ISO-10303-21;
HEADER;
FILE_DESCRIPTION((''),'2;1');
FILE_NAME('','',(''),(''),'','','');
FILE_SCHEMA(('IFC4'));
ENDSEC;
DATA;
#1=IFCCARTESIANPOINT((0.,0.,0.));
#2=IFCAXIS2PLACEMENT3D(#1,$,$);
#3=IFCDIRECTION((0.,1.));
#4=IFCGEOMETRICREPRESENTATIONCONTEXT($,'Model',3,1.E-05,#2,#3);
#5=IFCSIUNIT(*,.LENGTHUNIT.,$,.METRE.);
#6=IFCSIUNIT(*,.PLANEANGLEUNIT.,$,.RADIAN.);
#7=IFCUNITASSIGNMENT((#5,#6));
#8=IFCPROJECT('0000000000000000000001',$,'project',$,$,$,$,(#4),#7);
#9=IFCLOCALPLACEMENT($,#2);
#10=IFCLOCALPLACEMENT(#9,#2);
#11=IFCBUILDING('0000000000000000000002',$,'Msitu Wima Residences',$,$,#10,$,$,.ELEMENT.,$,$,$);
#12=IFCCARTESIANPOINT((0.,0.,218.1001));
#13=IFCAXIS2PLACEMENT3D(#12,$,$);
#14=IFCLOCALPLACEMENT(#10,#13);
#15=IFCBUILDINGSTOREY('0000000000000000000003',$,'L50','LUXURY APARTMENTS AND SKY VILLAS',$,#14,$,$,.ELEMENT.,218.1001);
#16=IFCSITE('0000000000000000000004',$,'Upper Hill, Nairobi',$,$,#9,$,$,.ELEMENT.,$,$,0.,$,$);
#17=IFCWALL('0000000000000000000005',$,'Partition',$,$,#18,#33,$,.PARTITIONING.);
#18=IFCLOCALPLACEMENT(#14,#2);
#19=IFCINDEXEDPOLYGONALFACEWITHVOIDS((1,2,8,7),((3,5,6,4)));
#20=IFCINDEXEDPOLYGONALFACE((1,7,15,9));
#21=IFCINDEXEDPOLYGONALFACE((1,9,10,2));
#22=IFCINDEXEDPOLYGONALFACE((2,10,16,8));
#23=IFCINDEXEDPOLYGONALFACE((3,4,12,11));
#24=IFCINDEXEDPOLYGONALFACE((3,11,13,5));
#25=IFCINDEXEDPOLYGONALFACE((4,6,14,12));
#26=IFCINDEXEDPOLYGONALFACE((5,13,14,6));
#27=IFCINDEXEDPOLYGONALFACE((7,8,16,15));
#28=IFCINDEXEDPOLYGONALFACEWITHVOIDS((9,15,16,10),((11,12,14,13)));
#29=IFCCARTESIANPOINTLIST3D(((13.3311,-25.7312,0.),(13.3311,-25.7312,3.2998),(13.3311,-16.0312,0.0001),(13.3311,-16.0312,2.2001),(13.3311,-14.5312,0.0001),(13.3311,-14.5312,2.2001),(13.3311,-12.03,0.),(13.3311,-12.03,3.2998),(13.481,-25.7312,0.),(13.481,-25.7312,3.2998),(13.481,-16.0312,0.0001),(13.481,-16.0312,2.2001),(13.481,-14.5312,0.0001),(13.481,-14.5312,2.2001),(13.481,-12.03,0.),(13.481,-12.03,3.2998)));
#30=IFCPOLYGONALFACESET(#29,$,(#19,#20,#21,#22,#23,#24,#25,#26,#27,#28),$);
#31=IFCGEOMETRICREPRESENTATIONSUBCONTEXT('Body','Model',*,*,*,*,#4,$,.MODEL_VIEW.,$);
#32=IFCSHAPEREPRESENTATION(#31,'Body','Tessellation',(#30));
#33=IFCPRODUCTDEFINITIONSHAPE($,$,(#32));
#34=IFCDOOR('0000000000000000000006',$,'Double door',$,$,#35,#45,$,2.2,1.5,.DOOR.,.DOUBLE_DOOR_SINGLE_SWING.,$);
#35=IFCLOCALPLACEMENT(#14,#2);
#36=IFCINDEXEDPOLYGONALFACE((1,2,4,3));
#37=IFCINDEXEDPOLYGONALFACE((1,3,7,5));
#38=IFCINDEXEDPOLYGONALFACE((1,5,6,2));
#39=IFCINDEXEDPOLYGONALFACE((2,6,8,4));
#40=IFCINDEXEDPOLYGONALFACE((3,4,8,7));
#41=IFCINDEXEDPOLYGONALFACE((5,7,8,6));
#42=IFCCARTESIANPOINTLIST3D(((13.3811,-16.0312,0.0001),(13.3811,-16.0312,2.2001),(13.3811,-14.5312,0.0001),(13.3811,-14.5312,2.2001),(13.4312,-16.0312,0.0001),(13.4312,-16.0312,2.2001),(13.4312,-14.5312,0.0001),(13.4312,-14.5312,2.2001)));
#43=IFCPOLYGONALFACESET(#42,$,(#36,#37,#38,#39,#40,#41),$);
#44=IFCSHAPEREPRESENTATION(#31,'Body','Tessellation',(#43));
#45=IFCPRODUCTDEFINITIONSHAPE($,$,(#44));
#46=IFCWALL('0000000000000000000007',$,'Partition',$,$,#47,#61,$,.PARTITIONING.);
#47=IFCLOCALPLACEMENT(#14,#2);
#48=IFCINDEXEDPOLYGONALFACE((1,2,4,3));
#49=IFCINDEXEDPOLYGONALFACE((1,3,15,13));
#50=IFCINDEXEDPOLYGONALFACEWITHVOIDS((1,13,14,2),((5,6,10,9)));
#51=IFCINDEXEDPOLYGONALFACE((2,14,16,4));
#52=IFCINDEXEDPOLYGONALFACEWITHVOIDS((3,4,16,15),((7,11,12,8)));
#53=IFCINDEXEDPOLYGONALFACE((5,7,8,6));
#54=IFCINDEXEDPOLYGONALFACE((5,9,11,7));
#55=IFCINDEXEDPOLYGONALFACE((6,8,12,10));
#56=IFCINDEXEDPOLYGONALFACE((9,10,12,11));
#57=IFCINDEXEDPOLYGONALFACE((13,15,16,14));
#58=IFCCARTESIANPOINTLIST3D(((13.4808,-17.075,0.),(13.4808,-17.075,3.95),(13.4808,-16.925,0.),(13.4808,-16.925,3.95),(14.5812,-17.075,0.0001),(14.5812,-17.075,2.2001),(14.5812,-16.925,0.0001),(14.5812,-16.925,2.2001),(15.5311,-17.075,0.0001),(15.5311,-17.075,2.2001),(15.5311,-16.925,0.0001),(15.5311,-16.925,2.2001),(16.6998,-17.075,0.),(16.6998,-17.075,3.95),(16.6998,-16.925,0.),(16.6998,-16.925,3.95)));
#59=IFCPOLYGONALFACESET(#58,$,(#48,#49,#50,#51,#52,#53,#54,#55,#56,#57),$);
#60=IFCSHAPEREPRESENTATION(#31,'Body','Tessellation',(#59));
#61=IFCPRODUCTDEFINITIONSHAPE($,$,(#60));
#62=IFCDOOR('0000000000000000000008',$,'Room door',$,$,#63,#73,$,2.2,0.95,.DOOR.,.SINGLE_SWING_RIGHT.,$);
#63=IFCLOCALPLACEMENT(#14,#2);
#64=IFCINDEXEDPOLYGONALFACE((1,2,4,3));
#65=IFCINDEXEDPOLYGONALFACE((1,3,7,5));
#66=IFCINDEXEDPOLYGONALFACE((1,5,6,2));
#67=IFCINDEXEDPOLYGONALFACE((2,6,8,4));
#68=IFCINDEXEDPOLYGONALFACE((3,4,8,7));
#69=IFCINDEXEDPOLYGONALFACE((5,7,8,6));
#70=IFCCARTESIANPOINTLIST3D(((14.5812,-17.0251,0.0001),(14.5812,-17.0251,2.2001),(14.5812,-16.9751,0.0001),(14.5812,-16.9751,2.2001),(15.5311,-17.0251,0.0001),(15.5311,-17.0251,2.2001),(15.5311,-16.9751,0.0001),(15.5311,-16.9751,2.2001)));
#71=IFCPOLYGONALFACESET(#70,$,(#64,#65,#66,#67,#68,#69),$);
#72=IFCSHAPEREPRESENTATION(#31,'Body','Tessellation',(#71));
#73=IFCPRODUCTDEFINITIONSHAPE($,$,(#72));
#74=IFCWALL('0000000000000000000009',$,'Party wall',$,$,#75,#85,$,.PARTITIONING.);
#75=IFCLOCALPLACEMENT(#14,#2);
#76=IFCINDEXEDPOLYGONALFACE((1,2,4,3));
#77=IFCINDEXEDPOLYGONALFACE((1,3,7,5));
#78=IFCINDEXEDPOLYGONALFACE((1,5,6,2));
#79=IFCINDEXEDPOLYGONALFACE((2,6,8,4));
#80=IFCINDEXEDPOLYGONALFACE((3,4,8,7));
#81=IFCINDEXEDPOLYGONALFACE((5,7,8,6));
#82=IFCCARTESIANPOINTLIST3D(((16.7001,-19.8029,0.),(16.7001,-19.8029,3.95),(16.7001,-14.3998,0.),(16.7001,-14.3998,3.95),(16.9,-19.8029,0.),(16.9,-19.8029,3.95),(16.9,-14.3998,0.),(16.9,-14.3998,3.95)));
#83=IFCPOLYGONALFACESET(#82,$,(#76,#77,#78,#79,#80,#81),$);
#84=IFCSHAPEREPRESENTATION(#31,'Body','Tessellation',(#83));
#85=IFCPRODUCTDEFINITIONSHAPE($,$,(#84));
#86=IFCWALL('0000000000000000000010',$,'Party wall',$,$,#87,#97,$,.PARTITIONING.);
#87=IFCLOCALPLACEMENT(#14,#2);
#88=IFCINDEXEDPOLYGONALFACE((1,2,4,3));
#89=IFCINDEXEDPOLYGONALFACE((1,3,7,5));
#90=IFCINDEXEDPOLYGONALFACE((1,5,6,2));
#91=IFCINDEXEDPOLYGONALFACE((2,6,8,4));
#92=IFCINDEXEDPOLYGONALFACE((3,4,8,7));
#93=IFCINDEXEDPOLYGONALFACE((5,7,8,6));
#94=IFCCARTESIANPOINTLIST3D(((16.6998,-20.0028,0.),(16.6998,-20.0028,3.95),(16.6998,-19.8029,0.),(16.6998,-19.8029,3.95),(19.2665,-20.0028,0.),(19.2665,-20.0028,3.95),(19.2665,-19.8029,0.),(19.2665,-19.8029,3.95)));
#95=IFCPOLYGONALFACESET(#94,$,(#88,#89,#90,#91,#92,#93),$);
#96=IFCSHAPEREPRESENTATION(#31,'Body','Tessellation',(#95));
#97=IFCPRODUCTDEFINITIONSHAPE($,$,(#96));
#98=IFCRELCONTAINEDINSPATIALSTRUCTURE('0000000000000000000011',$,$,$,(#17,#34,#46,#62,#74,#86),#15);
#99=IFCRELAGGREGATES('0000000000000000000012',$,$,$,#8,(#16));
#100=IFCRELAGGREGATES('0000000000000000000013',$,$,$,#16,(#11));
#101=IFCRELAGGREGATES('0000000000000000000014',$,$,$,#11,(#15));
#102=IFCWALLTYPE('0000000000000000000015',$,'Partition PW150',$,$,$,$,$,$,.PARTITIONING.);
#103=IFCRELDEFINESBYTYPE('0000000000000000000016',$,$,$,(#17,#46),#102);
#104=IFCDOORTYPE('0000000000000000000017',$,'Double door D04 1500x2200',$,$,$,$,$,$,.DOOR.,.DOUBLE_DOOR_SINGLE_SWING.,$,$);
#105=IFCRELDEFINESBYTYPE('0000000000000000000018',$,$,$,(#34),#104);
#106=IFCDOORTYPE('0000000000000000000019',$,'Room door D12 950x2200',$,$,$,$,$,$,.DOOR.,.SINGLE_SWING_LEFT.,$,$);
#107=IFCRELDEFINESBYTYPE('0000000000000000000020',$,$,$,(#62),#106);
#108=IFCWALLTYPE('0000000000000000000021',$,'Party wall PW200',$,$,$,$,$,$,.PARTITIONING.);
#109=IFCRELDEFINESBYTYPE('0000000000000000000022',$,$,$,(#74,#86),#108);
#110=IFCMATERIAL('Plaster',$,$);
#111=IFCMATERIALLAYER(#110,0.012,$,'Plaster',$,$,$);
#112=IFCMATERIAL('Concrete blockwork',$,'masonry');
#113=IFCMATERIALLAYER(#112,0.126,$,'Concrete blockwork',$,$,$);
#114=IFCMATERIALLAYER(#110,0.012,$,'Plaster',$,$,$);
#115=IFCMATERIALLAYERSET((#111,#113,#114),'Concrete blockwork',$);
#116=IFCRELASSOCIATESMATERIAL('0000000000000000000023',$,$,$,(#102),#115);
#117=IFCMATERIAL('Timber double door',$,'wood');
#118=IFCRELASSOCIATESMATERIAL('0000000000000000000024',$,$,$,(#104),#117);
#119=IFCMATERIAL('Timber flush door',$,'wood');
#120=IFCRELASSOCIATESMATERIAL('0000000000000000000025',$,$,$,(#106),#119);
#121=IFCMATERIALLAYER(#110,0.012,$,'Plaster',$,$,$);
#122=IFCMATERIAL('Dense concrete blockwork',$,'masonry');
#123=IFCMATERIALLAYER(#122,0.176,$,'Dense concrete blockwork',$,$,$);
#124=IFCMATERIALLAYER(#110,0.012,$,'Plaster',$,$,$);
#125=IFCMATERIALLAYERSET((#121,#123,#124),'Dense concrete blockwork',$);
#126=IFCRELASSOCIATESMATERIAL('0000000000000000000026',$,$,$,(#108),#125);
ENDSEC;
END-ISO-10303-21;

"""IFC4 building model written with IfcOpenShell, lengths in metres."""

from ifc_helpers import new_model, si_unit, direction, frame, frame_2d, origin, place, context, subcontext, project, spatial, rectangle, extrude, material, layer, layer_set, type_object, element, fill, save


model = new_model("IFC4")

# Units and contexts
model_context = context("Model", 3, precision=1e-05, world=origin(), true_north=direction((0.0, 1.0)))
body_context = subcontext(model_context, "Body", "Model", "MODEL_VIEW")
ifc_project = project(units=[si_unit("LENGTHUNIT", "METRE"), si_unit("PLANEANGLEUNIT", "RADIAN")], contexts=[model_context])

# Site, building, storey
site_placement = place(None, origin())
site = spatial("IfcSite", under=ifc_project, at=site_placement, Name="Upper Hill, Nairobi", CompositionType="ELEMENT", RefElevation=0.0)
building_placement = place(site_placement, origin())
building = spatial("IfcBuilding", under=site, at=building_placement, Name="Msitu Wima Residences", CompositionType="ELEMENT")
storey_placement = place(building_placement, frame((0.0, 0.0, 218.1001)))
storey = spatial("IfcBuildingStorey", under=building, at=storey_placement, Name="L50", Description="LUXURY APARTMENTS AND SKY VILLAS", CompositionType="ELEMENT", Elevation=218.1001)

# Shared definitions
ifc_material_1 = material(Name="Plaster")
ifc_material_2 = material(Name="Concrete blockwork", Category="masonry")

# Walls, openings, doors
ifc_layer_1 = layer(ifc_material_1, 0.012, Name="Plaster")
ifc_layer_2 = layer(ifc_material_2, 0.126, Name="Concrete blockwork")
ifc_layer_3 = layer(ifc_material_1, 0.012, Name="Plaster")
ifc_layer_set_1 = layer_set([ifc_layer_1, ifc_layer_2, ifc_layer_3], Name="Concrete blockwork")
wall_type_1 = type_object("IfcWallType", Name="Partition PW150", PredefinedType="PARTITIONING", material=ifc_layer_set_1)
wall_1_placement = place(storey_placement, frame((13.406, -25.7312, 0.0), z_axis=(0.0, 0.0, 1.0), x_axis=(0.0, 1.0, 0.0)))
wall_1 = element("IfcWall", 1, at=wall_1_placement, inside=storey, type_object=wall_type_1, Name="Partition", PredefinedType="PARTITIONING", context=body_context, shape_type="SweptSolid", body=[
    extrude(rectangle(XDim=13.7012, YDim=0.1499, at=frame_2d((6.8506, 0.0))), origin(), (0.0, 0.0, 1.0), 3.2998),
])
opening_1_placement = place(wall_1_placement, frame((9.7, 0.0, 0.0)))
opening_1 = element("IfcOpeningElement", 2, at=opening_1_placement, cuts=wall_1, PredefinedType="OPENING", context=body_context, shape_type="SweptSolid", body=[
    extrude(rectangle(XDim=1.5, YDim=2.2, at=frame_2d((0.75, 1.1001))), frame((0.0, 0.085, 0.0), z_axis=(0.0, -1.0, 0.0), x_axis=(1.0, 0.0, 0.0)), (0.0, 0.0, 1.0), 0.1699),
])
ifc_material_3 = material(Name="Timber double door", Category="wood")
door_type_1 = type_object("IfcDoorType", Name="Double door D04 1500x2200", OperationType="DOUBLE_DOOR_SINGLE_SWING", PredefinedType="DOOR", material=ifc_material_3)
door_1_placement = place(opening_1_placement, origin())
door_1 = element("IfcDoor", 3, at=door_1_placement, inside=storey, type_object=door_type_1, Name="Double door", OperationType="DOUBLE_DOOR_SINGLE_SWING", OverallHeight=2.2, OverallWidth=1.5, PredefinedType="DOOR", context=body_context, shape_type="SweptSolid", body=[
    extrude(rectangle(XDim=1.5, YDim=2.2, at=frame_2d((0.75, 1.1001))), frame((0.0, 0.0249, 0.0), z_axis=(0.0, -1.0, 0.0), x_axis=(1.0, 0.0, 0.0)), (0.0, 0.0, 1.0), 0.05),
])
fill(opening_1, door_1)
wall_2_placement = place(storey_placement, frame((13.481, -17.0, 0.0), z_axis=(0.0, 0.0, 1.0), x_axis=(1.0, 0.0, 0.0)))
wall_2 = element("IfcWall", 4, at=wall_2_placement, inside=storey, type_object=wall_type_1, Name="Partition", PredefinedType="PARTITIONING", context=body_context, shape_type="SweptSolid", body=[
    extrude(rectangle(XDim=3.219, YDim=0.1499, at=frame_2d((1.6094, 0.0))), origin(), (0.0, 0.0, 1.0), 3.95),
])
opening_2_placement = place(wall_2_placement, frame((1.1001, 0.0, 0.0)))
opening_2 = element("IfcOpeningElement", 5, at=opening_2_placement, cuts=wall_2, PredefinedType="OPENING", context=body_context, shape_type="SweptSolid", body=[
    extrude(rectangle(XDim=0.95, YDim=2.2, at=frame_2d((0.4751, 1.1001))), frame((0.0, 0.085, 0.0), z_axis=(0.0, -1.0, 0.0), x_axis=(1.0, 0.0, 0.0)), (0.0, 0.0, 1.0), 0.1699),
])
ifc_material_4 = material(Name="Timber flush door", Category="wood")
door_type_2 = type_object("IfcDoorType", Name="Room door D12 950x2200", OperationType="SINGLE_SWING_LEFT", PredefinedType="DOOR", material=ifc_material_4)
door_2_placement = place(opening_2_placement, origin())
door_2 = element("IfcDoor", 6, at=door_2_placement, inside=storey, type_object=door_type_2, Name="Room door", OperationType="SINGLE_SWING_RIGHT", OverallHeight=2.2, OverallWidth=0.95, PredefinedType="DOOR", context=body_context, shape_type="SweptSolid", body=[
    extrude(rectangle(XDim=0.95, YDim=2.2, at=frame_2d((0.4751, 1.1001))), frame((0.0, 0.0249, 0.0), z_axis=(0.0, -1.0, 0.0), x_axis=(1.0, 0.0, 0.0)), (0.0, 0.0, 1.0), 0.05),
])
fill(opening_2, door_2)

# Walls
ifc_layer_4 = layer(ifc_material_1, 0.012, Name="Plaster")
ifc_material_5 = material(Name="Dense concrete blockwork", Category="masonry")
ifc_layer_5 = layer(ifc_material_5, 0.176, Name="Dense concrete blockwork")
ifc_layer_6 = layer(ifc_material_1, 0.012, Name="Plaster")
ifc_layer_set_2 = layer_set([ifc_layer_4, ifc_layer_5, ifc_layer_6], Name="Dense concrete blockwork")
wall_type_2 = type_object("IfcWallType", Name="Party wall PW200", PredefinedType="PARTITIONING", material=ifc_layer_set_2)
wall_3_placement = place(storey_placement, frame((16.8, -19.803, 0.0), z_axis=(0.0, 0.0, 1.0), x_axis=(0.0, 1.0, 0.0)))
element("IfcWall", 7, at=wall_3_placement, inside=storey, type_object=wall_type_2, Name="Party wall", PredefinedType="PARTITIONING", context=body_context, shape_type="SweptSolid", body=[
    extrude(rectangle(XDim=5.4031, YDim=0.2, at=frame_2d((2.7017, 0.0))), origin(), (0.0, 0.0, 1.0), 3.95),
])
wall_4_placement = place(storey_placement, frame((16.7, -19.9028, 0.0), z_axis=(0.0, 0.0, 1.0), x_axis=(1.0, 0.0, 0.0)))
element("IfcWall", 8, at=wall_4_placement, inside=storey, type_object=wall_type_2, Name="Party wall", PredefinedType="PARTITIONING", context=body_context, shape_type="SweptSolid", body=[
    extrude(rectangle(XDim=2.5667, YDim=0.2, at=frame_2d((1.2832, 0.0))), origin(), (0.0, 0.0, 1.0), 3.95),
])

save(model, "model.ifc")
